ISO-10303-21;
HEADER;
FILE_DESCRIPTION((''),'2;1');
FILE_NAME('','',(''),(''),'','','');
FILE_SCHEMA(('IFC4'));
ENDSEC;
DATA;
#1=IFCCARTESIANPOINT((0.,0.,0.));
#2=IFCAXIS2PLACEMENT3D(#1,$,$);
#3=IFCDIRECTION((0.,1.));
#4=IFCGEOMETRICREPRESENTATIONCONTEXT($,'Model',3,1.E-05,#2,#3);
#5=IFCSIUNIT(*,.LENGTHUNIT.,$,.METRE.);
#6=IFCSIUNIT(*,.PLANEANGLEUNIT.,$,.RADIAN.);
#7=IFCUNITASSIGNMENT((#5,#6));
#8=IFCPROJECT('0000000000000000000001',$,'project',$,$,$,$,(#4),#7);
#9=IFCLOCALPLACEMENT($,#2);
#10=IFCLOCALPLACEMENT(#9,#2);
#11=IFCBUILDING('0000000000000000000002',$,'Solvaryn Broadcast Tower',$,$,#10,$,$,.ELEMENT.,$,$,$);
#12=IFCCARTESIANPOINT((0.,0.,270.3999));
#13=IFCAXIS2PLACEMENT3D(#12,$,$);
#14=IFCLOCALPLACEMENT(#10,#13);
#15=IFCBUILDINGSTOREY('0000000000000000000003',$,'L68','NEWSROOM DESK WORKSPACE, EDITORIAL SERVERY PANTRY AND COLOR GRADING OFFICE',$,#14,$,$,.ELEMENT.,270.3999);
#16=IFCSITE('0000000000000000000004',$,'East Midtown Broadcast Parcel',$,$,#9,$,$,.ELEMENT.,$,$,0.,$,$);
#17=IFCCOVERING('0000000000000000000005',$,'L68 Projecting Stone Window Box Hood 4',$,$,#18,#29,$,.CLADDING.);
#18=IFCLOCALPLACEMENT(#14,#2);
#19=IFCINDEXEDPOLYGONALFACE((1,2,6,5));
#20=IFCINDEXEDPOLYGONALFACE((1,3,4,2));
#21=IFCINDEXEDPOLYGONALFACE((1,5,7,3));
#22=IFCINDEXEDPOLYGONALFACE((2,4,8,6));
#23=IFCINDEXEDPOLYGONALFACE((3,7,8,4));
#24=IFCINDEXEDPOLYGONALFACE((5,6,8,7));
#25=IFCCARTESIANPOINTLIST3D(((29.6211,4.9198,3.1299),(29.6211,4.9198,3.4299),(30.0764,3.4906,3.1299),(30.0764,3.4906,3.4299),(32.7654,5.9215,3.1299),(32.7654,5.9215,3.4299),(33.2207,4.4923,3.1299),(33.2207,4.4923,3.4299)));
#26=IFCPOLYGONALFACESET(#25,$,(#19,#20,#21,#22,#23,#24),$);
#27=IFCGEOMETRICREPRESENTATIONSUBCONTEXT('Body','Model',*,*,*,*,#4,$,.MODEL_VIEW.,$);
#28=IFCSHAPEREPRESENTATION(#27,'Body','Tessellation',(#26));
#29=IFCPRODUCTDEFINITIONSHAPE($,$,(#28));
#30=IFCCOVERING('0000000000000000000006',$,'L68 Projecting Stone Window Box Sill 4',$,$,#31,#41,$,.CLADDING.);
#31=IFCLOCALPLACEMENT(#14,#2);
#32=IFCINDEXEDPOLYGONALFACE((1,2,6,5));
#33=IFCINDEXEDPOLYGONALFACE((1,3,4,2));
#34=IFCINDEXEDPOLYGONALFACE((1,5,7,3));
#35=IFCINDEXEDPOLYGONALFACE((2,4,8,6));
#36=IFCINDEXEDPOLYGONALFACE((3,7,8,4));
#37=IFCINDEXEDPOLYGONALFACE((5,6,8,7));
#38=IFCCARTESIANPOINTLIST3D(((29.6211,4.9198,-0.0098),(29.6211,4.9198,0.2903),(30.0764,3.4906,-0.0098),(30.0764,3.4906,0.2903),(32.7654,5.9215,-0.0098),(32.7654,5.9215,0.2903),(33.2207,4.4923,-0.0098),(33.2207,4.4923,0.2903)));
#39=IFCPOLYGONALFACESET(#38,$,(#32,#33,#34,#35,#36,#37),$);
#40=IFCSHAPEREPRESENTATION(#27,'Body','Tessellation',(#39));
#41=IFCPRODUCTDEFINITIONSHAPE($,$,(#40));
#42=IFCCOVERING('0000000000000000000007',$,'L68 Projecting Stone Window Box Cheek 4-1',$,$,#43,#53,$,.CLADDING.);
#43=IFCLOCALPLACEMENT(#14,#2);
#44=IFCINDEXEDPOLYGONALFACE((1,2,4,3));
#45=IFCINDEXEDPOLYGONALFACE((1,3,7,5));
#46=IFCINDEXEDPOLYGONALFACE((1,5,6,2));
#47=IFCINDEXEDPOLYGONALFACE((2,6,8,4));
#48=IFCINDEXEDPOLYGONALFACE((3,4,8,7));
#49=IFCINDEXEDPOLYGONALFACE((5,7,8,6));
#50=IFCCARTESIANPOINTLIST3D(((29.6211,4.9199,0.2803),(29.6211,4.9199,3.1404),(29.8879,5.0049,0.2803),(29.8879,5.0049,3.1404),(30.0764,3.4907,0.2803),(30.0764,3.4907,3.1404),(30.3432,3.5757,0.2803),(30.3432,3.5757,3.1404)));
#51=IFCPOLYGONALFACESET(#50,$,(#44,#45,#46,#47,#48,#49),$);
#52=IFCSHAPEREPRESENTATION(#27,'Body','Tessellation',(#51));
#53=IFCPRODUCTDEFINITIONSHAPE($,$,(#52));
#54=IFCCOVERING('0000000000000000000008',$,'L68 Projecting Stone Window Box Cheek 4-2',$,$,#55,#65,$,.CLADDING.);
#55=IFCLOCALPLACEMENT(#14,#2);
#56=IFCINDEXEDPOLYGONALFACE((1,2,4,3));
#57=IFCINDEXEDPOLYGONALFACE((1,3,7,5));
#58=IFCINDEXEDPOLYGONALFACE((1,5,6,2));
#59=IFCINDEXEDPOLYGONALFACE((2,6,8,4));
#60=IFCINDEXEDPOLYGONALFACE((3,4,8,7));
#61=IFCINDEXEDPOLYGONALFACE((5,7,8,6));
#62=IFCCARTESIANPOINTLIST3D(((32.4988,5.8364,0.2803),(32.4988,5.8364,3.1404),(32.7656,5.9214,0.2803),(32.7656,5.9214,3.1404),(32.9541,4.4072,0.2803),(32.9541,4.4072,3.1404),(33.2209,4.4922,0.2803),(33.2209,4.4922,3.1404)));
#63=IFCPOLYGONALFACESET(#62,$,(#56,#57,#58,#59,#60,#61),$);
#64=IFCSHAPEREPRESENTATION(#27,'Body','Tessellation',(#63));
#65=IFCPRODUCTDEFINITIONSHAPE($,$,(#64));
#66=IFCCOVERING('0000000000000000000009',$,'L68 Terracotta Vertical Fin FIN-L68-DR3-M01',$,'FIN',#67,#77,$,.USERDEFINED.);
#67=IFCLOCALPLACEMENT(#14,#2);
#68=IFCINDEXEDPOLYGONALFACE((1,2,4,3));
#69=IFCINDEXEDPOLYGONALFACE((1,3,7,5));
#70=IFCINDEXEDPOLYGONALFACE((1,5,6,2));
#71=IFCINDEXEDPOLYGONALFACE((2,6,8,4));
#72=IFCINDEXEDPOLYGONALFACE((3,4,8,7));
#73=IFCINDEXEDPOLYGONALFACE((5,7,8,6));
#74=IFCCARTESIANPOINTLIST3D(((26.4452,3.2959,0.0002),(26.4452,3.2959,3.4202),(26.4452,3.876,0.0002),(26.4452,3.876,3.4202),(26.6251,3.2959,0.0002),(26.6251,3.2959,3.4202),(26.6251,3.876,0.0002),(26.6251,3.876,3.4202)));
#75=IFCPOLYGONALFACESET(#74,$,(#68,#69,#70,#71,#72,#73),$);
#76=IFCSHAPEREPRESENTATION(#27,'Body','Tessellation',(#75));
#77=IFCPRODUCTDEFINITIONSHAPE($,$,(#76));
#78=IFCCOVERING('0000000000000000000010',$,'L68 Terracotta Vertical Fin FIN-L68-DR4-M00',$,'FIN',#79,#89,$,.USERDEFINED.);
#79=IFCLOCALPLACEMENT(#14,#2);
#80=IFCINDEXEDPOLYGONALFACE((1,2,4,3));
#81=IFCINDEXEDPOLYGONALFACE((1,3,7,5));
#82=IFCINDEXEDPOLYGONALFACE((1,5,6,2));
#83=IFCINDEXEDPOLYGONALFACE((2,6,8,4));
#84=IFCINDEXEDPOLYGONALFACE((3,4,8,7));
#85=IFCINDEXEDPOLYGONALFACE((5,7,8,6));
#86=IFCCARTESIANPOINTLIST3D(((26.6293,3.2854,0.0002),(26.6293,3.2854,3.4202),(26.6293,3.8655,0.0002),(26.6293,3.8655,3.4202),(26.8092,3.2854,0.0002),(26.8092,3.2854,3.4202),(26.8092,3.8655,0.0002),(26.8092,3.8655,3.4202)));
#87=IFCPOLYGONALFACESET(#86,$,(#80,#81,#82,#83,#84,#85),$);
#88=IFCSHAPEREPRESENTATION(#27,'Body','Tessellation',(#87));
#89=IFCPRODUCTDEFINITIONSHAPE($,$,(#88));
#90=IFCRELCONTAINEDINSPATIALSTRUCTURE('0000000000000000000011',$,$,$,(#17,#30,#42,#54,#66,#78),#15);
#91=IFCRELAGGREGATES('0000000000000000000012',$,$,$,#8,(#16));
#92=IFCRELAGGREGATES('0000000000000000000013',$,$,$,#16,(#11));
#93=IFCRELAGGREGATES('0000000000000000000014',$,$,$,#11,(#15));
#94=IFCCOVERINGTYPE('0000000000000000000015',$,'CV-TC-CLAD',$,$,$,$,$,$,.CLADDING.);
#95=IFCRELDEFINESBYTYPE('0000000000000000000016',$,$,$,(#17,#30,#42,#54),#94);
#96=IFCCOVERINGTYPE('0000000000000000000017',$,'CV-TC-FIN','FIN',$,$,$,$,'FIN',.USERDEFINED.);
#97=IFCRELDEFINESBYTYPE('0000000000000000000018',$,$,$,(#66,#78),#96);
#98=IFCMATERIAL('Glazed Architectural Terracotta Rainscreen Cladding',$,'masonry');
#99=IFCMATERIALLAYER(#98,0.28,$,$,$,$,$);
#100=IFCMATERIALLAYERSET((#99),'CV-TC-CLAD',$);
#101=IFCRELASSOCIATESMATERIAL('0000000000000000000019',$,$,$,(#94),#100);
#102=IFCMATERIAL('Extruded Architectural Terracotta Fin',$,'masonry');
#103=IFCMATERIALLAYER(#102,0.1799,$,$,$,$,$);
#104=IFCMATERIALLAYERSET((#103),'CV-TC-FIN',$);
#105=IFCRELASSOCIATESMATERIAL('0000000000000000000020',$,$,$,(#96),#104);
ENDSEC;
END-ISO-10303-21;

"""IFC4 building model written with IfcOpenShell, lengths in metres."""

from ifc_helpers import new_model, si_unit, direction, frame, origin, origin_2d, place, context, subcontext, project, spatial, rectangle, extrude, material, layer, layer_set, type_object, element, save


model = new_model("IFC4")

# Units and contexts
model_context = context("Model", 3, precision=1e-05, world=origin(), true_north=direction((0.0, 1.0)))
body_context = subcontext(model_context, "Body", "Model", "MODEL_VIEW")
ifc_project = project(units=[si_unit("LENGTHUNIT", "METRE"), si_unit("PLANEANGLEUNIT", "RADIAN")], contexts=[model_context])

# Site, building, storey
site_placement = place(None, origin())
site = spatial("IfcSite", under=ifc_project, at=site_placement, Name="East Midtown Broadcast Parcel", CompositionType="ELEMENT", RefElevation=0.0)
building_placement = place(site_placement, origin())
building = spatial("IfcBuilding", under=site, at=building_placement, Name="Solvaryn Broadcast Tower", CompositionType="ELEMENT")
storey_placement = place(building_placement, frame((0.0, 0.0, 270.3999)))
storey = spatial("IfcBuildingStorey", under=building, at=storey_placement, Name="L68", Description="NEWSROOM DESK WORKSPACE, EDITORIAL SERVERY PANTRY AND COLOR GRADING OFFICE", CompositionType="ELEMENT", Elevation=270.3999)

# Coverings
ifc_material_1 = material(Name="Glazed Architectural Terracotta Rainscreen Cladding", Category="masonry")
ifc_layer_1 = layer(ifc_material_1, 0.28)
ifc_layer_set_1 = layer_set([ifc_layer_1], Name="CV-TC-CLAD")
covering_type_1 = type_object("IfcCoveringType", Name="CV-TC-CLAD", PredefinedType="CLADDING", material=ifc_layer_set_1)
for number, where, z_axis, x_axis, name in (
    (1, (31.4209, 4.7061, 3.1299), (0.0, 0.0, 1.0), (0.952821, 0.303534, 0.0), "L68 Projecting Stone Window Box Hood 4"),
    (2, (31.4209, 4.7061, -0.0098), (0.0, 0.0, 1.0), (0.952821, 0.303534, 0.0), "L68 Projecting Stone Window Box Sill 4"),
):
    element("IfcCovering", number, at=place(storey_placement, frame(where, z_axis=z_axis, x_axis=x_axis)), inside=storey, type_object=covering_type_1, Name=name, PredefinedType="CLADDING", context=body_context, shape_type="SweptSolid", body=[
        extrude(rectangle(XDim=3.3, YDim=1.5, at=origin_2d()), origin(), (0.0, 0.0, 1.0), 0.3),
    ])
for number, where, z_axis, x_axis, name in (
    (3, (29.9822, 4.2478, 0.2803), (0.0, 0.0, 1.0), (0.952821, 0.303534, 0.0), "L68 Projecting Stone Window Box Cheek 4-1"),
    (4, (32.8599, 5.1643, 0.2803), (0.0, 0.0, 1.0), (0.952821, 0.303534, 0.0), "L68 Projecting Stone Window Box Cheek 4-2"),
):
    element("IfcCovering", number, at=place(storey_placement, frame(where, z_axis=z_axis, x_axis=x_axis)), inside=storey, type_object=covering_type_1, Name=name, PredefinedType="CLADDING", context=body_context, shape_type="SweptSolid", body=[
        extrude(rectangle(XDim=0.28, YDim=1.5, at=origin_2d()), origin(), (0.0, 0.0, 1.0), 2.8601),
    ])
ifc_material_2 = material(Name="Extruded Architectural Terracotta Fin", Category="masonry")
ifc_layer_2 = layer(ifc_material_2, 0.1799)
ifc_layer_set_2 = layer_set([ifc_layer_2], Name="CV-TC-FIN")
covering_type_2 = type_object("IfcCoveringType", Name="CV-TC-FIN", Description="FIN", ElementType="FIN", PredefinedType="USERDEFINED", material=ifc_layer_set_2)
for number, where, z_axis, x_axis, name in (
    (5, (26.5352, 3.5859, 0.0002), (0.0, 0.0, 1.0), (1.0, 0.0, 0.0), "L68 Terracotta Vertical Fin FIN-L68-DR3-M01"),
    (6, (26.7192, 3.5754, 0.0002), (0.0, 0.0, 1.0), (1.0, 0.0, 0.0), "L68 Terracotta Vertical Fin FIN-L68-DR4-M00"),
):
    element("IfcCovering", number, at=place(storey_placement, frame(where, z_axis=z_axis, x_axis=x_axis)), inside=storey, type_object=covering_type_2, Name=name, ObjectType="FIN", PredefinedType="USERDEFINED", context=body_context, shape_type="SweptSolid", body=[
        extrude(rectangle(XDim=0.1799, YDim=0.5801, at=origin_2d()), origin(), (0.0, 0.0, 1.0), 3.4199),
    ])

save(model, "model.ifc")
